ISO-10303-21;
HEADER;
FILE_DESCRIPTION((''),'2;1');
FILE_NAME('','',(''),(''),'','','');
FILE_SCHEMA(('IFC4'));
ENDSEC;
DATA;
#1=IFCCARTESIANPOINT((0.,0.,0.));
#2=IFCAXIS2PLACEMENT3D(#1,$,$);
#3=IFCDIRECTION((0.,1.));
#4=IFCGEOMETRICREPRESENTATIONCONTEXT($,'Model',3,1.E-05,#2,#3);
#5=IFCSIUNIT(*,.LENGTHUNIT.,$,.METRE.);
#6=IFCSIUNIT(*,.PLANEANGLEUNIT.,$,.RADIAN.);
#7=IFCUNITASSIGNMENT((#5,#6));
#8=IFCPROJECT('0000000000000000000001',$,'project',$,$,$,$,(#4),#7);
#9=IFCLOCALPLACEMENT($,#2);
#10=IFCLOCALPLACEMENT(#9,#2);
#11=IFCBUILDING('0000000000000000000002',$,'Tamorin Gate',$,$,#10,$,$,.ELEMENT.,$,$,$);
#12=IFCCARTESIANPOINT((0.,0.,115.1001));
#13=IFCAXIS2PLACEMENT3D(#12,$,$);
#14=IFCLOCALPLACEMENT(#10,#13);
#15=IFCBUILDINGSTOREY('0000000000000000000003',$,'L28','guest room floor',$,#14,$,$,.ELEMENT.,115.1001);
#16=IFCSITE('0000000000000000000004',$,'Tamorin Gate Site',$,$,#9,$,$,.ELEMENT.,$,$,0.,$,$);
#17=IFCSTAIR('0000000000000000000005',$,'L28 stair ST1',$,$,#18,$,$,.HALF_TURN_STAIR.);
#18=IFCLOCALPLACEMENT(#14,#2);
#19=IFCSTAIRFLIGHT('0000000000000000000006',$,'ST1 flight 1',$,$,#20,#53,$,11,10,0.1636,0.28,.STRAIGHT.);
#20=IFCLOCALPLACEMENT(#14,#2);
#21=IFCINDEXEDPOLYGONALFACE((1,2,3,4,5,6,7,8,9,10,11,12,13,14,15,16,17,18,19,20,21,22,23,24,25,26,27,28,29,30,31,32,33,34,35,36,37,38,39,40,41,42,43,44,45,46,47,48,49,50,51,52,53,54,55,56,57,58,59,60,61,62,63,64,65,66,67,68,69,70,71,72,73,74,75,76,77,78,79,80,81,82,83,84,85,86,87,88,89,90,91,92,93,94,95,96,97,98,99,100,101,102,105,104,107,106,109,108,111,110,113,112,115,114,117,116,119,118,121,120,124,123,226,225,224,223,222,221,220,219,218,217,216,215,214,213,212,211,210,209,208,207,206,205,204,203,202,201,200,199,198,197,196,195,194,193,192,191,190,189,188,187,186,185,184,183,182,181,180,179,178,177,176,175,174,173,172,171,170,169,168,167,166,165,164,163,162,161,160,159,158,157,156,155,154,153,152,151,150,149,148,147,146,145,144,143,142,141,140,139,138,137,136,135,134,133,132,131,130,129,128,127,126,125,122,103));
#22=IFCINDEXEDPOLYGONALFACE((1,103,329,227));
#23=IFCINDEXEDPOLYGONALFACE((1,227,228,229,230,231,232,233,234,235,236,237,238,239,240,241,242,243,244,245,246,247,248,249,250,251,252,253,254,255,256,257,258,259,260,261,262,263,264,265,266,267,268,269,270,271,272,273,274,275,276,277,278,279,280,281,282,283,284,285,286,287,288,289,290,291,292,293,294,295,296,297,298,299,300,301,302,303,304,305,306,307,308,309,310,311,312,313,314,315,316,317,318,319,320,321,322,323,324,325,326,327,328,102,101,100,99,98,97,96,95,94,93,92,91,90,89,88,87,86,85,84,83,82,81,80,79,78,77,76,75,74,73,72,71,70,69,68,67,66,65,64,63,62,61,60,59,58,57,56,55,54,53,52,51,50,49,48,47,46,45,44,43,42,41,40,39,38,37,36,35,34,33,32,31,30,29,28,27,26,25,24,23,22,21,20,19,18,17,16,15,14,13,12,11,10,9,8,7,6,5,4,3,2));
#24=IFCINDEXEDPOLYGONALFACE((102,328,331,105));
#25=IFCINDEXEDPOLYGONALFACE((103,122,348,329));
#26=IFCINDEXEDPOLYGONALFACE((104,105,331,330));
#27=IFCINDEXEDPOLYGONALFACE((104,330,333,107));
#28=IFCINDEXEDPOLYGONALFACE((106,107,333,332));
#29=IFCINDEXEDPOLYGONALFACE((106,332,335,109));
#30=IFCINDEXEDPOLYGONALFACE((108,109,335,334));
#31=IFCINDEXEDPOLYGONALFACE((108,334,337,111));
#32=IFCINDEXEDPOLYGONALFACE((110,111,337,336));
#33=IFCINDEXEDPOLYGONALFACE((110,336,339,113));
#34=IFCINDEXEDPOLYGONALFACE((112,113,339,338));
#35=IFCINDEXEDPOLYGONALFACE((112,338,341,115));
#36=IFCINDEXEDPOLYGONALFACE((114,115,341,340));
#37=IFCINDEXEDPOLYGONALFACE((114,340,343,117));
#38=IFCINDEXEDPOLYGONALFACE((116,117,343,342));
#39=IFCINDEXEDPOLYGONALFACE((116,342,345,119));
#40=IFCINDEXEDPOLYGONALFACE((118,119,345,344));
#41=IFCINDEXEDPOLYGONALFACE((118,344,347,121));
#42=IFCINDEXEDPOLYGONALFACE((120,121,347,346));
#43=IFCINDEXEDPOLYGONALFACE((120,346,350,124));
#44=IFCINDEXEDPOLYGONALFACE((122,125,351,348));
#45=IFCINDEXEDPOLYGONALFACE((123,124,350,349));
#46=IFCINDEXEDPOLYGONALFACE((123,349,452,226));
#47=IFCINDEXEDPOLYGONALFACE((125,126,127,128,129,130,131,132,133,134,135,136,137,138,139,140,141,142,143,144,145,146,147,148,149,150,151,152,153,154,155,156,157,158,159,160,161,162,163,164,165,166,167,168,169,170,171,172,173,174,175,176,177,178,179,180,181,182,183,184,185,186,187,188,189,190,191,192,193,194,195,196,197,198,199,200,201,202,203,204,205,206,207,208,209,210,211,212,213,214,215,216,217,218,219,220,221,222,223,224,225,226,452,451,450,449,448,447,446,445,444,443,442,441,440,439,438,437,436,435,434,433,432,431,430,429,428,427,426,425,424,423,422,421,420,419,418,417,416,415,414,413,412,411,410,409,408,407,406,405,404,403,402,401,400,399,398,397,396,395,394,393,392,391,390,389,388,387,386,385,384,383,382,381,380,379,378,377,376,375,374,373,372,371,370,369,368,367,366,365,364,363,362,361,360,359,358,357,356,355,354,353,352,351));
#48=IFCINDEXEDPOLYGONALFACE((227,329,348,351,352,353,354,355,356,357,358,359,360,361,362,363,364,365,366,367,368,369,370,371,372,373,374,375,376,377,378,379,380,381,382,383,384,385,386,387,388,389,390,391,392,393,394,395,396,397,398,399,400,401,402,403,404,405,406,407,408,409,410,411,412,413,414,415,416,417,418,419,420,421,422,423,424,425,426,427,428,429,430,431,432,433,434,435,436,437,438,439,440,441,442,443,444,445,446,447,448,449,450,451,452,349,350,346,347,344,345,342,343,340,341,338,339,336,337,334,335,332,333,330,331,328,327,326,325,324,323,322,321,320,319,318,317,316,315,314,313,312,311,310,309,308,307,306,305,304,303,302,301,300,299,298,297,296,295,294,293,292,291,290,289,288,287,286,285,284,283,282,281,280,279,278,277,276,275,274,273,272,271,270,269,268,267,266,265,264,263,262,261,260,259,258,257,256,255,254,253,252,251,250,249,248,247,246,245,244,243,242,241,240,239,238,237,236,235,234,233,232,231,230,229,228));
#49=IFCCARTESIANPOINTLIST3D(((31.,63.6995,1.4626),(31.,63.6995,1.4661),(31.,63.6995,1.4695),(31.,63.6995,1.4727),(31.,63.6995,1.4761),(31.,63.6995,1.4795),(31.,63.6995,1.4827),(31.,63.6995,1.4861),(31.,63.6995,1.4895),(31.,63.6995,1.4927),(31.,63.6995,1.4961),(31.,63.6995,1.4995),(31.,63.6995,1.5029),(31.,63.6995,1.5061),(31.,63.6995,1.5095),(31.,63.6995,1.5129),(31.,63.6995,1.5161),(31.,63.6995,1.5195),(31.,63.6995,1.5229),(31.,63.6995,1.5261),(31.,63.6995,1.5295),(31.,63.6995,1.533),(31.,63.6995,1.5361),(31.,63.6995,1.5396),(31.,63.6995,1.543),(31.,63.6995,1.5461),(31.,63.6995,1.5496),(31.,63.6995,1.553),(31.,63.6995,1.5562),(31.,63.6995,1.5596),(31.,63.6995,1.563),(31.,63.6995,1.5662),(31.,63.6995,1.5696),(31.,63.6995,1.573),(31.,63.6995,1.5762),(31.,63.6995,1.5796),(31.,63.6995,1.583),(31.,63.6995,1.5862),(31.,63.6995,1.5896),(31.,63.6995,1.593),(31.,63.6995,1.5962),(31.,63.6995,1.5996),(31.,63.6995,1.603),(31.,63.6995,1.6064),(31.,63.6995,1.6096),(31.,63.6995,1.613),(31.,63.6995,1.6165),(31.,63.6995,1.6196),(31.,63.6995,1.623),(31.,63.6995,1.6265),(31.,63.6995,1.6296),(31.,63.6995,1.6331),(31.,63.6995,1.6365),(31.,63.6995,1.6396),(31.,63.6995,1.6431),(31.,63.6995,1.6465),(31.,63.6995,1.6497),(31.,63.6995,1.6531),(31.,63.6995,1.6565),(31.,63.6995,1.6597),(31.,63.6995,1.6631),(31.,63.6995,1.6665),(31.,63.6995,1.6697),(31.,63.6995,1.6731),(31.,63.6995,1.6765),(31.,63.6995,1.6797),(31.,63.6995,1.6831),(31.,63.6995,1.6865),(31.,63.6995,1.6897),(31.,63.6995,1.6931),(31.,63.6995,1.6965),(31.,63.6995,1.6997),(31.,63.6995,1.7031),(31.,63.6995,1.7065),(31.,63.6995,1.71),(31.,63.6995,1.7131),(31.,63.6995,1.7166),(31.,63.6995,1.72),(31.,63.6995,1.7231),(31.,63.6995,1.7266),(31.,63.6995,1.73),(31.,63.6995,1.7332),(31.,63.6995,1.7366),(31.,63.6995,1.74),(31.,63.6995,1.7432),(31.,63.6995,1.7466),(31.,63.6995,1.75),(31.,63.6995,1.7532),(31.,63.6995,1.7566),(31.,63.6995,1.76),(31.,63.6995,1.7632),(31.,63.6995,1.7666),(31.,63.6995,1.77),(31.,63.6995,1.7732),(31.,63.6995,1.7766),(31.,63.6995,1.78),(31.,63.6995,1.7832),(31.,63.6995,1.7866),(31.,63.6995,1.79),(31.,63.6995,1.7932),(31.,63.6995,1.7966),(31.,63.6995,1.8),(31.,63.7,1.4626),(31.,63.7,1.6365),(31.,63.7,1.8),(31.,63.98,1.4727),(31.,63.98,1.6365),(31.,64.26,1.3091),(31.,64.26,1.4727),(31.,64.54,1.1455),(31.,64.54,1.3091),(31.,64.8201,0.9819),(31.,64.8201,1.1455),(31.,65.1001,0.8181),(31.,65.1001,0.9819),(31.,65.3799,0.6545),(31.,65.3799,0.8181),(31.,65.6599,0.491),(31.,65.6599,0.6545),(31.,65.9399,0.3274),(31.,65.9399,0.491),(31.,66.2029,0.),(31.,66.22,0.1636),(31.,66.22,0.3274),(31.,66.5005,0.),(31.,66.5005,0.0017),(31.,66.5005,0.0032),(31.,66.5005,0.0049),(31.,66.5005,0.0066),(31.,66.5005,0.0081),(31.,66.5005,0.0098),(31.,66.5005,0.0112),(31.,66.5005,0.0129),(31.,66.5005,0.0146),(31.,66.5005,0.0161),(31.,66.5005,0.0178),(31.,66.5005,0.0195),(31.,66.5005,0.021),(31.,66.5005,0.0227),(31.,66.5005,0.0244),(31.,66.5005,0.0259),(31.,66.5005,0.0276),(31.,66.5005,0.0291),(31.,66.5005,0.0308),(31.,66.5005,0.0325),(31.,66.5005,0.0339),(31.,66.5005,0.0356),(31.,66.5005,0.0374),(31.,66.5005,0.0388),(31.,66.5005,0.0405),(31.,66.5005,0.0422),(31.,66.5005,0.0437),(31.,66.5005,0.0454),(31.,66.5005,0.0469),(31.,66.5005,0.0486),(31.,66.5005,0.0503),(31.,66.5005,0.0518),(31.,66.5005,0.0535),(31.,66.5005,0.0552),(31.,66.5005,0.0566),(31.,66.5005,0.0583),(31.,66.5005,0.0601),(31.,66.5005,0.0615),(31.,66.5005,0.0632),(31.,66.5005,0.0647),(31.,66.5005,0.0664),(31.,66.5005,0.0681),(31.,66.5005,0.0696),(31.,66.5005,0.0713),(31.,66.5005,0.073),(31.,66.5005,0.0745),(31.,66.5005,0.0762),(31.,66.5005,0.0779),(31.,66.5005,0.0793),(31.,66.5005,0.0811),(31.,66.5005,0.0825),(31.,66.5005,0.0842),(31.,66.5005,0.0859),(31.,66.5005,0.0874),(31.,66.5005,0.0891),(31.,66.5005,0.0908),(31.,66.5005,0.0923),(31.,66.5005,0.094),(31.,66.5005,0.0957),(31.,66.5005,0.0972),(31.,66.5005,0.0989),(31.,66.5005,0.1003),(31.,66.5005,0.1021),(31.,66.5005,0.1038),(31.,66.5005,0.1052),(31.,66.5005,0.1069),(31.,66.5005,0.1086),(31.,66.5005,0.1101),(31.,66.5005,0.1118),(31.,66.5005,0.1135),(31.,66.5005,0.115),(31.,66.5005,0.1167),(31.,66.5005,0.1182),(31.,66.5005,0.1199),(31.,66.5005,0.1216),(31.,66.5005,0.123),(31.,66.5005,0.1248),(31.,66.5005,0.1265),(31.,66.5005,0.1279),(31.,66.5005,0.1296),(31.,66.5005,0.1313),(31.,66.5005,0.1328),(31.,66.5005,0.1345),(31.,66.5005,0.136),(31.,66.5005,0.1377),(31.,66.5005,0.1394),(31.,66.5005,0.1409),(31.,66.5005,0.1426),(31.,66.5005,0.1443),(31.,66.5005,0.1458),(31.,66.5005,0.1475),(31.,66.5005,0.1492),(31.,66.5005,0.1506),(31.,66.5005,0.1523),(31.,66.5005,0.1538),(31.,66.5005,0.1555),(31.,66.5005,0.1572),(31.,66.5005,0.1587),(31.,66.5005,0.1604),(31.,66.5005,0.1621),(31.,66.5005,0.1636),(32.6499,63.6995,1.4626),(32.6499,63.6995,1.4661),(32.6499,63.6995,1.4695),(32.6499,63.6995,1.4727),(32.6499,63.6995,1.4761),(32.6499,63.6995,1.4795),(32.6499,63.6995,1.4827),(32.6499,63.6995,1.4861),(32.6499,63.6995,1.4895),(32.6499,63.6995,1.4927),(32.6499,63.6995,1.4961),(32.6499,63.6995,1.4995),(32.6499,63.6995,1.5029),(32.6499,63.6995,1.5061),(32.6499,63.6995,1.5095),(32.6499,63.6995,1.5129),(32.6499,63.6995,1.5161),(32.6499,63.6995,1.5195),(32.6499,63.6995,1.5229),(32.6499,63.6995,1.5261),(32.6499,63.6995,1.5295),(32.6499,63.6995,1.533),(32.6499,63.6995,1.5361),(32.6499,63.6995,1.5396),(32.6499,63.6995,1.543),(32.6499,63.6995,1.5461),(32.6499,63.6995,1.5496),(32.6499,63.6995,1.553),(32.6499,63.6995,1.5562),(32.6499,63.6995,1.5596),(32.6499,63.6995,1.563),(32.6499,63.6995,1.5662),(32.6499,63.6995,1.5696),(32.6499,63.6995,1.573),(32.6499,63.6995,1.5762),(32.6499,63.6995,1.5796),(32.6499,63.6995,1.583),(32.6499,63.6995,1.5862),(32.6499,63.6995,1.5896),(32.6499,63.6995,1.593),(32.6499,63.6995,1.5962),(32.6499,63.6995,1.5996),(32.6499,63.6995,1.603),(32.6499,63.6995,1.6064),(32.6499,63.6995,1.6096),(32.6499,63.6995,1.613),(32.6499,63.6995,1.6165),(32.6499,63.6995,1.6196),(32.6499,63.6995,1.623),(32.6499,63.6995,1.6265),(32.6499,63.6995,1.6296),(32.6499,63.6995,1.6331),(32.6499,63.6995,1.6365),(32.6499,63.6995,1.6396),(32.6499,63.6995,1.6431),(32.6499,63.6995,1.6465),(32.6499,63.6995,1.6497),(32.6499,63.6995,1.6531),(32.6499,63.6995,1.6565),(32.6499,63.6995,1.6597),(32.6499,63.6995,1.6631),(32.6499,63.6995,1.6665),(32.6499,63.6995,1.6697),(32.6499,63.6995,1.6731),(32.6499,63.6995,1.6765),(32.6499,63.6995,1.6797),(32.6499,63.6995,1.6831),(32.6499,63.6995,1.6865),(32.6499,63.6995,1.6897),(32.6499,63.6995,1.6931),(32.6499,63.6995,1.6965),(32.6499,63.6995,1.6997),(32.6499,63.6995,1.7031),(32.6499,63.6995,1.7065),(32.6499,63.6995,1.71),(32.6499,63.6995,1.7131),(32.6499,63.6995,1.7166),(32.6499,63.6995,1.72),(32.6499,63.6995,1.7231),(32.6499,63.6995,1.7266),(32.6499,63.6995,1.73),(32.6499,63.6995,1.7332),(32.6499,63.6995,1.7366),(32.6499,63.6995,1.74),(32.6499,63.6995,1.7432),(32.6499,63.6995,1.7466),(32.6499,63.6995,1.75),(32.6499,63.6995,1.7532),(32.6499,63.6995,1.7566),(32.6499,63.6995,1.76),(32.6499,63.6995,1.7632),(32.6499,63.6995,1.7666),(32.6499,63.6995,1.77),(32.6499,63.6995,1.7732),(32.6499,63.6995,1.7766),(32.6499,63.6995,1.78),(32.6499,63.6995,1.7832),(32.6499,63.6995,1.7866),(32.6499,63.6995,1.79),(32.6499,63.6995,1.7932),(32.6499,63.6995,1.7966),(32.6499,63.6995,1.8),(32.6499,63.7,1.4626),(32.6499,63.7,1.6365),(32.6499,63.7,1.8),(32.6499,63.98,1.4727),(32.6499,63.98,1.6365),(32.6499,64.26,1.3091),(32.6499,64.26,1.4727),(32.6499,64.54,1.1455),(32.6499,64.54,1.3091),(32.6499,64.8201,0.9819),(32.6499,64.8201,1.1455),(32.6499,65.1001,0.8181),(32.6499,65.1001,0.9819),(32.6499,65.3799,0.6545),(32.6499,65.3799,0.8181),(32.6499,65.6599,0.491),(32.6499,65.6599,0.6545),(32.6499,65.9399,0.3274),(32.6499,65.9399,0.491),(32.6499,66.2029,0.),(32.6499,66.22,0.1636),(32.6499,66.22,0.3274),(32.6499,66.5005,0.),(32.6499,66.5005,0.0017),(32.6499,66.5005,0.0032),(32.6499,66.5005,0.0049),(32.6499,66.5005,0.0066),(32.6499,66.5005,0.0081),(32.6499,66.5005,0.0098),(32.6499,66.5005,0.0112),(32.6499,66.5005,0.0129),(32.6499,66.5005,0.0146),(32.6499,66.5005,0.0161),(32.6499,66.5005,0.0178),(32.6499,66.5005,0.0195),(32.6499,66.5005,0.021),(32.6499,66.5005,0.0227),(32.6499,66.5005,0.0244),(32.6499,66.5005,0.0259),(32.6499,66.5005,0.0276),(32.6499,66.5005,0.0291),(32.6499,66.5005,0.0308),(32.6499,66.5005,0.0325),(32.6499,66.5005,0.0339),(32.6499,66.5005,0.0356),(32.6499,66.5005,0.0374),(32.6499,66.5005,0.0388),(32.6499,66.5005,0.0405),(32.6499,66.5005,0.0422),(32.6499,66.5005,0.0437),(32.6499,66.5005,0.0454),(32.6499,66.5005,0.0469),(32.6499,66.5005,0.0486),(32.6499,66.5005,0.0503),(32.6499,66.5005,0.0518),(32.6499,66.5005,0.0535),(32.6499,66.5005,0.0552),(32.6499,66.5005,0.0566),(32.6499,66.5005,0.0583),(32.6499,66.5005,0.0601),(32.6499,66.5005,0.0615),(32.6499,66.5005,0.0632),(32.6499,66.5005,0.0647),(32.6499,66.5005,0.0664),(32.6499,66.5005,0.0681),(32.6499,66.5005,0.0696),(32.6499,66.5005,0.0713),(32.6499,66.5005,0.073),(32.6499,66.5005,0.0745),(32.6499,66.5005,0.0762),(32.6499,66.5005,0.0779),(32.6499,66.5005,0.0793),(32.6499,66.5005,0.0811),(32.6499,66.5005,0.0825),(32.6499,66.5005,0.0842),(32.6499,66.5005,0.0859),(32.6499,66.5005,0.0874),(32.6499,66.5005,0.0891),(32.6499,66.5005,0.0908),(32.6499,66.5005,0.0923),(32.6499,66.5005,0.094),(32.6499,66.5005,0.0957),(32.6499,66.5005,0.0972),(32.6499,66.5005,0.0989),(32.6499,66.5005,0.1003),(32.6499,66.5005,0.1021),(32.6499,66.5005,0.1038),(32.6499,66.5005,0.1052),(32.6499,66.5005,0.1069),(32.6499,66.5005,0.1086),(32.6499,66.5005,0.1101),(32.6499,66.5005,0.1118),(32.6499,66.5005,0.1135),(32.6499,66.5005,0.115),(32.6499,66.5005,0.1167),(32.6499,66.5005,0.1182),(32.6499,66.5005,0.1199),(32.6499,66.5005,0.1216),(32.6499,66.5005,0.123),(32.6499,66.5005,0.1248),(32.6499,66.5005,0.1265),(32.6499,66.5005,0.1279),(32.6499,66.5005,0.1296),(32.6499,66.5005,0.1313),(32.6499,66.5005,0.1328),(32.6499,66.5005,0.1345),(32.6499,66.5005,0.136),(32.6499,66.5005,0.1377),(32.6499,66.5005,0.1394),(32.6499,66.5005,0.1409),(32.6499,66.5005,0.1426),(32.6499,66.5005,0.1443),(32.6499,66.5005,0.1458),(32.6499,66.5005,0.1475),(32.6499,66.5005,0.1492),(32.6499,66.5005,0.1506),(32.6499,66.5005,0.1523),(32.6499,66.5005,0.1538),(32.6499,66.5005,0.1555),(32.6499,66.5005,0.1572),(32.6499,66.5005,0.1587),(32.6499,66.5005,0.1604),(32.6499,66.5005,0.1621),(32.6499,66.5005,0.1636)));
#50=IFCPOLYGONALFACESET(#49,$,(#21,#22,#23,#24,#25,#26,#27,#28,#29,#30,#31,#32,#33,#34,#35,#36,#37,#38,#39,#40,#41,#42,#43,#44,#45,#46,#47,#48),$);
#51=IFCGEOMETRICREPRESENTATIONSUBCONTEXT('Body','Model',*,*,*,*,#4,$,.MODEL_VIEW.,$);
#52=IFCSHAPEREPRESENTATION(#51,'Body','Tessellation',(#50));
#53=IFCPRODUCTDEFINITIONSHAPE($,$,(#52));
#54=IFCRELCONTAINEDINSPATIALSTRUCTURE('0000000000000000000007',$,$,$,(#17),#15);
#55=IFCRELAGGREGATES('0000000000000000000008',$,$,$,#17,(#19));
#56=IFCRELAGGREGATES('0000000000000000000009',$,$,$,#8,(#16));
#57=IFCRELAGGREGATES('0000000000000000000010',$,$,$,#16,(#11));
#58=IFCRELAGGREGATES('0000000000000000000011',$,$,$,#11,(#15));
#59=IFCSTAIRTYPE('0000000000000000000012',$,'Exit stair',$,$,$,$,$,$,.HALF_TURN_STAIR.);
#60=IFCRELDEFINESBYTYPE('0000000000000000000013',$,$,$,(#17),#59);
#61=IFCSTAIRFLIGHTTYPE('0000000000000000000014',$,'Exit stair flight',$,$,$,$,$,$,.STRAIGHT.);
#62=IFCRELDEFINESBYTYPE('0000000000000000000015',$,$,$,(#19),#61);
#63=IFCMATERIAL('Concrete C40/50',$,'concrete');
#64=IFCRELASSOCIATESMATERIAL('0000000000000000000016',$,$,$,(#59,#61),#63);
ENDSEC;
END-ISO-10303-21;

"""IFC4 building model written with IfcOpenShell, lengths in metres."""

from ifc_helpers import new_model, si_unit, direction, frame, origin, place, context, subcontext, project, spatial, polyline, outline, extrude, material, type_object, element, aggregate, save


model = new_model("IFC4")

# Units and contexts
model_context = context("Model", 3, precision=1e-05, world=origin(), true_north=direction((0.0, 1.0)))
body_context = subcontext(model_context, "Body", "Model", "MODEL_VIEW")
ifc_project = project(units=[si_unit("LENGTHUNIT", "METRE"), si_unit("PLANEANGLEUNIT", "RADIAN")], contexts=[model_context])

# Site, building, storey
site_placement = place(None, origin())
site = spatial("IfcSite", under=ifc_project, at=site_placement, Name="Tamorin Gate Site", CompositionType="ELEMENT", RefElevation=0.0)
building_placement = place(site_placement, origin())
building = spatial("IfcBuilding", under=site, at=building_placement, Name="Tamorin Gate", CompositionType="ELEMENT")
storey_placement = place(building_placement, frame((0.0, 0.0, 115.1001)))
storey = spatial("IfcBuildingStorey", under=building, at=storey_placement, Name="L28", Description="guest room floor", CompositionType="ELEMENT", Elevation=115.1001)

# Shared definitions
ifc_material_1 = material(Name="Concrete C40/50", Category="concrete")

# Stair, stair flight
stair_type = type_object("IfcStairType", Name="Exit stair", PredefinedType="HALF_TURN_STAIR", material=ifc_material_1)
stair_placement = place(storey_placement, origin())
stair = element("IfcStair", 1, at=stair_placement, inside=storey, type_object=stair_type, Name="L28 stair ST1", PredefinedType="HALF_TURN_STAIR")
stair_flight_type = type_object("IfcStairFlightType", Name="Exit stair flight", PredefinedType="STRAIGHT", material=ifc_material_1)
stair_flight_1_placement = place(storey_placement, frame((31.825, 66.5, 0.0), z_axis=(0.0, 0.0, 1.0), x_axis=(0.0, -1.0, 0.0)))
stair_flight_1 = element("IfcStairFlight", 2, at=stair_flight_1_placement, type_object=stair_flight_type, Name="ST1 flight 1", NumberOfRisers=11, NumberOfTreads=10, PredefinedType="STRAIGHT", RiserHeight=0.1636, TreadLength=0.28, context=body_context, shape_type="SweptSolid", body=[
    extrude(outline(polyline([(-0.0005, 0.0), (-0.0005, 0.0017), (-0.0005, 0.0032), (-0.0005, 0.0049), (-0.0005, 0.0066), (-0.0005, 0.0081), (-0.0005, 0.0098), (-0.0005, 0.0112), (-0.0005, 0.0129), (-0.0005, 0.0146), (-0.0005, 0.0161), (-0.0005, 0.0178), (-0.0005, 0.0195), (-0.0005, 0.021), (-0.0005, 0.0227), (-0.0005, 0.0244), (-0.0005, 0.0259), (-0.0005, 0.0276), (-0.0005, 0.0291), (-0.0005, 0.0308), (-0.0005, 0.0325), (-0.0005, 0.0339), (-0.0005, 0.0356), (-0.0005, 0.0374), (-0.0005, 0.0388), (-0.0005, 0.0405), (-0.0005, 0.0422), (-0.0005, 0.0437), (-0.0005, 0.0454), (-0.0005, 0.0469), (-0.0005, 0.0486), (-0.0005, 0.0503), (-0.0005, 0.0518), (-0.0005, 0.0535), (-0.0005, 0.0552), (-0.0005, 0.0566), (-0.0005, 0.0583), (-0.0005, 0.0601), (-0.0005, 0.0615), (-0.0005, 0.0632), (-0.0005, 0.0647), (-0.0005, 0.0664), (-0.0005, 0.0681), (-0.0005, 0.0696), (-0.0005, 0.0713), (-0.0005, 0.073), (-0.0005, 0.0745), (-0.0005, 0.0762), (-0.0005, 0.0779), (-0.0005, 0.0793), (-0.0005, 0.0811), (-0.0005, 0.0825), (-0.0005, 0.0842), (-0.0005, 0.0859), (-0.0005, 0.0874), (-0.0005, 0.0891), (-0.0005, 0.0908), (-0.0005, 0.0923), (-0.0005, 0.094), (-0.0005, 0.0957), (-0.0005, 0.0972), (-0.0005, 0.0989), (-0.0005, 0.1003), (-0.0005, 0.1021), (-0.0005, 0.1038), (-0.0005, 0.1052), (-0.0005, 0.1069), (-0.0005, 0.1086), (-0.0005, 0.1101), (-0.0005, 0.1118), (-0.0005, 0.1135), (-0.0005, 0.115), (-0.0005, 0.1167), (-0.0005, 0.1182), (-0.0005, 0.1199), (-0.0005, 0.1216), (-0.0005, 0.123), (-0.0005, 0.1248), (-0.0005, 0.1265), (-0.0005, 0.1279), (-0.0005, 0.1296), (-0.0005, 0.1313), (-0.0005, 0.1328), (-0.0005, 0.1345), (-0.0005, 0.136), (-0.0005, 0.1377), (-0.0005, 0.1394), (-0.0005, 0.1409), (-0.0005, 0.1426), (-0.0005, 0.1443), (-0.0005, 0.1458), (-0.0005, 0.1475), (-0.0005, 0.1492), (-0.0005, 0.1506), (-0.0005, 0.1523), (-0.0005, 0.1538), (-0.0005, 0.1555), (-0.0005, 0.1572), (-0.0005, 0.1587), (-0.0005, 0.1604), (-0.0005, 0.1621), (-0.0005, 0.1636), (0.28, 0.1636), (0.28, 0.3274), (0.5601, 0.3274), (0.5601, 0.491), (0.8401, 0.491), (0.8401, 0.6545), (1.1201, 0.6545), (1.1201, 0.8181), (1.3999, 0.8181), (1.3999, 0.9819), (1.6799, 0.9819), (1.6799, 1.1455), (1.96, 1.1455), (1.96, 1.3091), (2.24, 1.3091), (2.24, 1.4727), (2.52, 1.4727), (2.52, 1.6365), (2.8, 1.6365), (2.8, 1.8), (2.8005, 1.8), (2.8005, 1.7966), (2.8005, 1.7932), (2.8005, 1.79), (2.8005, 1.7866), (2.8005, 1.7832), (2.8005, 1.78), (2.8005, 1.7766), (2.8005, 1.7732), (2.8005, 1.77), (2.8005, 1.7666), (2.8005, 1.7632), (2.8005, 1.76), (2.8005, 1.7566), (2.8005, 1.7532), (2.8005, 1.75), (2.8005, 1.7466), (2.8005, 1.7432), (2.8005, 1.74), (2.8005, 1.7366), (2.8005, 1.7332), (2.8005, 1.73), (2.8005, 1.7266), (2.8005, 1.7231), (2.8005, 1.72), (2.8005, 1.7166), (2.8005, 1.7131), (2.8005, 1.71), (2.8005, 1.7065), (2.8005, 1.7031), (2.8005, 1.6997), (2.8005, 1.6965), (2.8005, 1.6931), (2.8005, 1.6897), (2.8005, 1.6865), (2.8005, 1.6831), (2.8005, 1.6797), (2.8005, 1.6765), (2.8005, 1.6731), (2.8005, 1.6697), (2.8005, 1.6665), (2.8005, 1.6631), (2.8005, 1.6597), (2.8005, 1.6565), (2.8005, 1.6531), (2.8005, 1.6497), (2.8005, 1.6465), (2.8005, 1.6431), (2.8005, 1.6396), (2.8005, 1.6365), (2.8005, 1.6331), (2.8005, 1.6296), (2.8005, 1.6265), (2.8005, 1.623), (2.8005, 1.6196), (2.8005, 1.6165), (2.8005, 1.613), (2.8005, 1.6096), (2.8005, 1.6064), (2.8005, 1.603), (2.8005, 1.5996), (2.8005, 1.5962), (2.8005, 1.593), (2.8005, 1.5896), (2.8005, 1.5862), (2.8005, 1.583), (2.8005, 1.5796), (2.8005, 1.5762), (2.8005, 1.573), (2.8005, 1.5696), (2.8005, 1.5662), (2.8005, 1.563), (2.8005, 1.5596), (2.8005, 1.5562), (2.8005, 1.553), (2.8005, 1.5496), (2.8005, 1.5461), (2.8005, 1.543), (2.8005, 1.5396), (2.8005, 1.5361), (2.8005, 1.533), (2.8005, 1.5295), (2.8005, 1.5261), (2.8005, 1.5229), (2.8005, 1.5195), (2.8005, 1.5161), (2.8005, 1.5129), (2.8005, 1.5095), (2.8005, 1.5061), (2.8005, 1.5029), (2.8005, 1.4995), (2.8005, 1.4961), (2.8005, 1.4927), (2.8005, 1.4895), (2.8005, 1.4861), (2.8005, 1.4827), (2.8005, 1.4795), (2.8005, 1.4761), (2.8005, 1.4727), (2.8005, 1.4695), (2.8005, 1.4661), (2.8005, 1.4626), (2.8, 1.4626), (0.2971, 0.0), (-0.0005, 0.0)])), frame((0.0, 0.825, 0.0), z_axis=(0.0, -1.0, 0.0), x_axis=(1.0, 0.0, 0.0)), (0.0, 0.0, 1.0), 1.6499),
])
aggregate(stair, [stair_flight_1])

save(model, "model.ifc")
